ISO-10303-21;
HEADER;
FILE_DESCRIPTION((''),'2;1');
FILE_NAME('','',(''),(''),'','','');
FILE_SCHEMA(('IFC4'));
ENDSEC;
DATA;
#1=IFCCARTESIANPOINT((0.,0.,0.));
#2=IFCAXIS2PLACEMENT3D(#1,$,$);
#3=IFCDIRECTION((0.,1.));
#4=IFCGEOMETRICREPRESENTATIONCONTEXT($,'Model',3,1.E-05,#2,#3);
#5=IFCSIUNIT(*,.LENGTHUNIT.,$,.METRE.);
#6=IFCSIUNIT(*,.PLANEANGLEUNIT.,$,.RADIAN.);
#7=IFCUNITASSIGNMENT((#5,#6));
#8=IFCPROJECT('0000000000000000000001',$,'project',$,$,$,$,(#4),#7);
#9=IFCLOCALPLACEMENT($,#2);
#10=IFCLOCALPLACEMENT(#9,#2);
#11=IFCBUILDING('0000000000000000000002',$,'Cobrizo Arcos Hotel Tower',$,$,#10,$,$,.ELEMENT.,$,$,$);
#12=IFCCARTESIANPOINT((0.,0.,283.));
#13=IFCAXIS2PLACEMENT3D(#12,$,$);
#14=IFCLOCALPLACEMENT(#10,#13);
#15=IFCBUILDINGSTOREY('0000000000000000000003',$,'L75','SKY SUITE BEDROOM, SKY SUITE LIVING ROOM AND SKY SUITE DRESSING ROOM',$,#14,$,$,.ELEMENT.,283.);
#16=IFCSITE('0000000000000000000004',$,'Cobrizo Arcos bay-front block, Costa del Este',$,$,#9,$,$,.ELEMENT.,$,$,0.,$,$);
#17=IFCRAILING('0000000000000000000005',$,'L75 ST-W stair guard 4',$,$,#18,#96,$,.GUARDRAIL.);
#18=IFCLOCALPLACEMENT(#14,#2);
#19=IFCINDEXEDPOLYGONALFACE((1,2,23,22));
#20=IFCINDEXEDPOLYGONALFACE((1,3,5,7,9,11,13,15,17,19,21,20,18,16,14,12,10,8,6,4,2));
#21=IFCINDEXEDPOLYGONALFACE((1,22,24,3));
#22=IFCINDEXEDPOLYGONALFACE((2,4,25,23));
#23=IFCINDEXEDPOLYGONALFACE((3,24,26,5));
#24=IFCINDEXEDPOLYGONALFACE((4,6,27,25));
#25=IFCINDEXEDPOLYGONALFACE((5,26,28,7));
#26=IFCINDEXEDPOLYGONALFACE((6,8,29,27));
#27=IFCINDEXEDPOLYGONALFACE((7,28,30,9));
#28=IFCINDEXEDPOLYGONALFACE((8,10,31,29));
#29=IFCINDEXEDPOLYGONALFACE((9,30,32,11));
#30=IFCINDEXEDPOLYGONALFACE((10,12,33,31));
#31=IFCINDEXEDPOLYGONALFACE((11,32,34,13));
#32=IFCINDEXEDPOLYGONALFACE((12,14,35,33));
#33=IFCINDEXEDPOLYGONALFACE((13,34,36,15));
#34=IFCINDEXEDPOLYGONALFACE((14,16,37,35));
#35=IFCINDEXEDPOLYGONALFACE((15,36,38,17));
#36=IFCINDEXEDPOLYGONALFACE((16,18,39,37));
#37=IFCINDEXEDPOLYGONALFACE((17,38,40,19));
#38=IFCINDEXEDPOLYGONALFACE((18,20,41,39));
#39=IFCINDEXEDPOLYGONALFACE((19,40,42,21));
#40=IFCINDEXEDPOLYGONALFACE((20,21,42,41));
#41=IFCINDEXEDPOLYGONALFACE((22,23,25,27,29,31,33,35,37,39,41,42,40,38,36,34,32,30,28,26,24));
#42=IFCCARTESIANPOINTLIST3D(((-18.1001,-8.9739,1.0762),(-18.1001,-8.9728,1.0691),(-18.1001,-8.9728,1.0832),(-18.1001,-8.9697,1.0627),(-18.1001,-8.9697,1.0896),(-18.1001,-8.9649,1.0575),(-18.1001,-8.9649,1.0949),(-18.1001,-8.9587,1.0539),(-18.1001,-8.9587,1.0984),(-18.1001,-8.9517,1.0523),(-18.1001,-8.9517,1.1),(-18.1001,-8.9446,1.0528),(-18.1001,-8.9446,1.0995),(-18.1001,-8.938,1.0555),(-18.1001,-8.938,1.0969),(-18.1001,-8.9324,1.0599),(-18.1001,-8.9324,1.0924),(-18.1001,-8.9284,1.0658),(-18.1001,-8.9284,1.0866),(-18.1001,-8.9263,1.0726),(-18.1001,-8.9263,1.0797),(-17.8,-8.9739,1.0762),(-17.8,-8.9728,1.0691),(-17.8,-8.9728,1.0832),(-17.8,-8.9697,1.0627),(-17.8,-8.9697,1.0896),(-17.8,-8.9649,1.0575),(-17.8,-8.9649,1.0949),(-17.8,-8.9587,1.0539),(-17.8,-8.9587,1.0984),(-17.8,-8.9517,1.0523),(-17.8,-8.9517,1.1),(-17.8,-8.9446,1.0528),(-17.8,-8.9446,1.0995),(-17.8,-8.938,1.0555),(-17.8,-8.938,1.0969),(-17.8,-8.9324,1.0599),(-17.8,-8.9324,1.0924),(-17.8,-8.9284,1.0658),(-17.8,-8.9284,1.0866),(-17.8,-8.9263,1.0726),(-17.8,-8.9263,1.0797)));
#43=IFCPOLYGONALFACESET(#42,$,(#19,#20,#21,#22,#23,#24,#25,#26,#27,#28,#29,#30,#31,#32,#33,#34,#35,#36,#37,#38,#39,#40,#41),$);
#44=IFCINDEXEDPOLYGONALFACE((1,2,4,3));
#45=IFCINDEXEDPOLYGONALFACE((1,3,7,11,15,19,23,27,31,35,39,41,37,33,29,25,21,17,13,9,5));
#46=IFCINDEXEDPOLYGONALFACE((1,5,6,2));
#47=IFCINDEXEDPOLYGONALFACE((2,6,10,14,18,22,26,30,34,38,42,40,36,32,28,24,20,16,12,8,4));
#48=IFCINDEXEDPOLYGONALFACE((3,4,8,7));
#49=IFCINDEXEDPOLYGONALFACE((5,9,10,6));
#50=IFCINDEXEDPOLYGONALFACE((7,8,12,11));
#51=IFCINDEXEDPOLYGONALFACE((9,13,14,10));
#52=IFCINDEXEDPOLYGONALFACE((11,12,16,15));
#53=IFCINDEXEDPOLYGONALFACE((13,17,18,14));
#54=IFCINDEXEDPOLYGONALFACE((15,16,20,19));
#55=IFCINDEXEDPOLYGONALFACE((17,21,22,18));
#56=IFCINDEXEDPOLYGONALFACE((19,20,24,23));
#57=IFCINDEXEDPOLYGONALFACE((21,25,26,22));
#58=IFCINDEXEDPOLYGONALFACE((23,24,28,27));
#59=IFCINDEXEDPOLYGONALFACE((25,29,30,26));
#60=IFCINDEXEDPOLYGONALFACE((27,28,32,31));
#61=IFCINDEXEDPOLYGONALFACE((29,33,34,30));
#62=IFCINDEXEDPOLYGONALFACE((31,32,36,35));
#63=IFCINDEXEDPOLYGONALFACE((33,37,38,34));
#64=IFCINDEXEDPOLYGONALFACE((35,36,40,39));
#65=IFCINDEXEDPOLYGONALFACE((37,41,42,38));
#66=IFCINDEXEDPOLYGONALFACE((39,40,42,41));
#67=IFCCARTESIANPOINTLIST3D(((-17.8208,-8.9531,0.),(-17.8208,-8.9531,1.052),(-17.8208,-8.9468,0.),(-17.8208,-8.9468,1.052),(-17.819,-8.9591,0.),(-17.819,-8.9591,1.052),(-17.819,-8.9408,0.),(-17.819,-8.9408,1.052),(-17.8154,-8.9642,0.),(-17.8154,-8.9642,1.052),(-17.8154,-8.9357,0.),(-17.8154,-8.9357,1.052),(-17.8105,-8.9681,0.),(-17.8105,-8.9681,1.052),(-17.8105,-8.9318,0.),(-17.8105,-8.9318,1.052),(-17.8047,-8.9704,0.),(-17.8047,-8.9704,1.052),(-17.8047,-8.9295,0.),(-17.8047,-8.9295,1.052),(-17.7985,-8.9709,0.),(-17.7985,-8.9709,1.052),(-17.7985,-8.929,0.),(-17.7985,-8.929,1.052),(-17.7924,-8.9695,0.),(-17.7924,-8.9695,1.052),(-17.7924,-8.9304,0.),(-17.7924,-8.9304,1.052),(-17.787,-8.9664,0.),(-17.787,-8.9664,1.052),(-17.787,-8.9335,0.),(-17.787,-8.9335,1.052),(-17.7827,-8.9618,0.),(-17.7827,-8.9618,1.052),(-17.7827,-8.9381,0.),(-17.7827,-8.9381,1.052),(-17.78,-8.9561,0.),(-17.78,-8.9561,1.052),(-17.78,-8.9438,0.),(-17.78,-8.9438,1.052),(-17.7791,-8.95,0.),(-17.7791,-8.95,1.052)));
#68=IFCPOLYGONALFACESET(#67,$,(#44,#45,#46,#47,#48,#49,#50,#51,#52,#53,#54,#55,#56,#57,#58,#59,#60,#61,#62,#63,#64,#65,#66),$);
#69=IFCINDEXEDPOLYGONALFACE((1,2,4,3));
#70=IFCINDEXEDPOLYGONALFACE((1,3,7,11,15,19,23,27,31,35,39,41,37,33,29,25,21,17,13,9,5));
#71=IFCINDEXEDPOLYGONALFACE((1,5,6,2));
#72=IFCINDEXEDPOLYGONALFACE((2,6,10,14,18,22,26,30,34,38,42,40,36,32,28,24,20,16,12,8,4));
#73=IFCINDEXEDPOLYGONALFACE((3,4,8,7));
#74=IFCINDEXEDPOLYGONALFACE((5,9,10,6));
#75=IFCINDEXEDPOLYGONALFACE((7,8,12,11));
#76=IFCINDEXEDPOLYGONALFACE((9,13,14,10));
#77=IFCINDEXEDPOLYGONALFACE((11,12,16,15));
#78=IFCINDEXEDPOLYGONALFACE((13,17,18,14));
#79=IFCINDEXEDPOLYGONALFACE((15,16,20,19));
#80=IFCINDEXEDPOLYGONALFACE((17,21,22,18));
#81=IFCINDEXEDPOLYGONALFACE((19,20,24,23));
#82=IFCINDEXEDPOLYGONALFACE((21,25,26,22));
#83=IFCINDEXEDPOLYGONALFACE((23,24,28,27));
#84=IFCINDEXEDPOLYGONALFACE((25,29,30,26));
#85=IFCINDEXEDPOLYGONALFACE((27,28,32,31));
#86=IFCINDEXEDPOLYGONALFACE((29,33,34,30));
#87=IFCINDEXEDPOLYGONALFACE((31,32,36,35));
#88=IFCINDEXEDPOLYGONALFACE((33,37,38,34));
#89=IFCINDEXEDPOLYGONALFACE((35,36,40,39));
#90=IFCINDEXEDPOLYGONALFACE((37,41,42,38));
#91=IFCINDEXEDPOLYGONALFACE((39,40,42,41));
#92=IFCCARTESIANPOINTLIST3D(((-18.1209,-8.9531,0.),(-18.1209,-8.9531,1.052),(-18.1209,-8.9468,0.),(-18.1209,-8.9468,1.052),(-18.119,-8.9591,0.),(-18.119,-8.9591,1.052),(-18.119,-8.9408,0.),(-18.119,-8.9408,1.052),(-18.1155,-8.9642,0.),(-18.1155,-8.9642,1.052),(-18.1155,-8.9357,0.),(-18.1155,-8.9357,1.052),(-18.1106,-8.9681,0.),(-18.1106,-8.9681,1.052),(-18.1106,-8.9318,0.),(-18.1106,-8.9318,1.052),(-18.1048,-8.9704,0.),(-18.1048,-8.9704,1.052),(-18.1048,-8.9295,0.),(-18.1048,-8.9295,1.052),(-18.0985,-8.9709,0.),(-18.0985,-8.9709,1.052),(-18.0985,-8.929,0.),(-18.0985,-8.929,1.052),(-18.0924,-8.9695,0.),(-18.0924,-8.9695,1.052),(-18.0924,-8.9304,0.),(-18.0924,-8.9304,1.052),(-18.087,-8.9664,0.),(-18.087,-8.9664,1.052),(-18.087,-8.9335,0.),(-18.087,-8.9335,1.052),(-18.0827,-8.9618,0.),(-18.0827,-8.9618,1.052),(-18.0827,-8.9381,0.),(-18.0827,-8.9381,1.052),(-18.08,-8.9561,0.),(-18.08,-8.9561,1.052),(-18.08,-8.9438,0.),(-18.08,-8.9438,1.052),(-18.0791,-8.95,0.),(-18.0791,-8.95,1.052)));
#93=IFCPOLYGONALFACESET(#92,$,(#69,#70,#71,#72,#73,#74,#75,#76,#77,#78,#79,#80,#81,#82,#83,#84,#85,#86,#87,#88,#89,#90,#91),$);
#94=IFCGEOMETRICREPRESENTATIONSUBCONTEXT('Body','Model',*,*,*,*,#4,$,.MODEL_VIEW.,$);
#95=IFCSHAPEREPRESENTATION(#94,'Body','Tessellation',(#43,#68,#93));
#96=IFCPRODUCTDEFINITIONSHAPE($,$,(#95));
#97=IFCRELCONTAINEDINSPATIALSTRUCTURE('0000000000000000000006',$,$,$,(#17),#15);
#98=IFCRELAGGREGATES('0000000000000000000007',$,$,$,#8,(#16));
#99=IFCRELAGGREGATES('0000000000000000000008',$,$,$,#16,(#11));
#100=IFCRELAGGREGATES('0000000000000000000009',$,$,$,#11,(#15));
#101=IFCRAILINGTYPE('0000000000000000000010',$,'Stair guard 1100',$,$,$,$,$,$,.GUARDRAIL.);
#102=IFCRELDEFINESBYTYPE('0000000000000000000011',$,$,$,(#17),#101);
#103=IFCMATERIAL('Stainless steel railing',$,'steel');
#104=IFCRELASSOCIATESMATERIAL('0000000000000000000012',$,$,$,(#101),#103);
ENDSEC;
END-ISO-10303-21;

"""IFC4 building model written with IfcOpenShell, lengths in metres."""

from ifc_helpers import new_model, si_unit, direction, frame, origin, origin_2d, place, context, subcontext, project, spatial, circle, extrude, material, type_object, element, save


model = new_model("IFC4")

# Units and contexts
model_context = context("Model", 3, precision=1e-05, world=origin(), true_north=direction((0.0, 1.0)))
body_context = subcontext(model_context, "Body", "Model", "MODEL_VIEW")
ifc_project = project(units=[si_unit("LENGTHUNIT", "METRE"), si_unit("PLANEANGLEUNIT", "RADIAN")], contexts=[model_context])

# Site, building, storey
site_placement = place(None, origin())
site = spatial("IfcSite", under=ifc_project, at=site_placement, Name="Cobrizo Arcos bay-front block, Costa del Este", CompositionType="ELEMENT", RefElevation=0.0)
building_placement = place(site_placement, origin())
building = spatial("IfcBuilding", under=site, at=building_placement, Name="Cobrizo Arcos Hotel Tower", CompositionType="ELEMENT")
storey_placement = place(building_placement, frame((0.0, 0.0, 283.0)))
storey = spatial("IfcBuildingStorey", under=building, at=storey_placement, Name="L75", Description="SKY SUITE BEDROOM, SKY SUITE LIVING ROOM AND SKY SUITE DRESSING ROOM", CompositionType="ELEMENT", Elevation=283.0)

# Railing
ifc_material_1 = material(Name="Stainless steel railing", Category="steel")
railing_type_1 = type_object("IfcRailingType", Name="Stair guard 1100", PredefinedType="GUARDRAIL", material=ifc_material_1)
railing_1_placement = place(storey_placement, frame((-17.8, -8.95, 0.0)))
element("IfcRailing", 1, at=railing_1_placement, inside=storey, type_object=railing_type_1, Name="L75 ST-W stair guard 4", PredefinedType="GUARDRAIL", context=body_context, shape_type="SweptSolid", body=[
    extrude(circle(Radius=0.0239, at=origin_2d()), frame((0.0, 0.0, 1.0762), z_axis=(-1.0, 0.0, 0.0), x_axis=(0.0, -1.0, 0.0)), (0.0, 0.0, 1.0), 0.3),
    extrude(circle(Radius=0.021, at=origin_2d()), origin(), (0.0, 0.0, 1.0), 1.052),
    extrude(circle(Radius=0.021, at=origin_2d()), frame((-0.3, 0.0, 0.0)), (0.0, 0.0, 1.0), 1.052),
])

save(model, "model.ifc")
